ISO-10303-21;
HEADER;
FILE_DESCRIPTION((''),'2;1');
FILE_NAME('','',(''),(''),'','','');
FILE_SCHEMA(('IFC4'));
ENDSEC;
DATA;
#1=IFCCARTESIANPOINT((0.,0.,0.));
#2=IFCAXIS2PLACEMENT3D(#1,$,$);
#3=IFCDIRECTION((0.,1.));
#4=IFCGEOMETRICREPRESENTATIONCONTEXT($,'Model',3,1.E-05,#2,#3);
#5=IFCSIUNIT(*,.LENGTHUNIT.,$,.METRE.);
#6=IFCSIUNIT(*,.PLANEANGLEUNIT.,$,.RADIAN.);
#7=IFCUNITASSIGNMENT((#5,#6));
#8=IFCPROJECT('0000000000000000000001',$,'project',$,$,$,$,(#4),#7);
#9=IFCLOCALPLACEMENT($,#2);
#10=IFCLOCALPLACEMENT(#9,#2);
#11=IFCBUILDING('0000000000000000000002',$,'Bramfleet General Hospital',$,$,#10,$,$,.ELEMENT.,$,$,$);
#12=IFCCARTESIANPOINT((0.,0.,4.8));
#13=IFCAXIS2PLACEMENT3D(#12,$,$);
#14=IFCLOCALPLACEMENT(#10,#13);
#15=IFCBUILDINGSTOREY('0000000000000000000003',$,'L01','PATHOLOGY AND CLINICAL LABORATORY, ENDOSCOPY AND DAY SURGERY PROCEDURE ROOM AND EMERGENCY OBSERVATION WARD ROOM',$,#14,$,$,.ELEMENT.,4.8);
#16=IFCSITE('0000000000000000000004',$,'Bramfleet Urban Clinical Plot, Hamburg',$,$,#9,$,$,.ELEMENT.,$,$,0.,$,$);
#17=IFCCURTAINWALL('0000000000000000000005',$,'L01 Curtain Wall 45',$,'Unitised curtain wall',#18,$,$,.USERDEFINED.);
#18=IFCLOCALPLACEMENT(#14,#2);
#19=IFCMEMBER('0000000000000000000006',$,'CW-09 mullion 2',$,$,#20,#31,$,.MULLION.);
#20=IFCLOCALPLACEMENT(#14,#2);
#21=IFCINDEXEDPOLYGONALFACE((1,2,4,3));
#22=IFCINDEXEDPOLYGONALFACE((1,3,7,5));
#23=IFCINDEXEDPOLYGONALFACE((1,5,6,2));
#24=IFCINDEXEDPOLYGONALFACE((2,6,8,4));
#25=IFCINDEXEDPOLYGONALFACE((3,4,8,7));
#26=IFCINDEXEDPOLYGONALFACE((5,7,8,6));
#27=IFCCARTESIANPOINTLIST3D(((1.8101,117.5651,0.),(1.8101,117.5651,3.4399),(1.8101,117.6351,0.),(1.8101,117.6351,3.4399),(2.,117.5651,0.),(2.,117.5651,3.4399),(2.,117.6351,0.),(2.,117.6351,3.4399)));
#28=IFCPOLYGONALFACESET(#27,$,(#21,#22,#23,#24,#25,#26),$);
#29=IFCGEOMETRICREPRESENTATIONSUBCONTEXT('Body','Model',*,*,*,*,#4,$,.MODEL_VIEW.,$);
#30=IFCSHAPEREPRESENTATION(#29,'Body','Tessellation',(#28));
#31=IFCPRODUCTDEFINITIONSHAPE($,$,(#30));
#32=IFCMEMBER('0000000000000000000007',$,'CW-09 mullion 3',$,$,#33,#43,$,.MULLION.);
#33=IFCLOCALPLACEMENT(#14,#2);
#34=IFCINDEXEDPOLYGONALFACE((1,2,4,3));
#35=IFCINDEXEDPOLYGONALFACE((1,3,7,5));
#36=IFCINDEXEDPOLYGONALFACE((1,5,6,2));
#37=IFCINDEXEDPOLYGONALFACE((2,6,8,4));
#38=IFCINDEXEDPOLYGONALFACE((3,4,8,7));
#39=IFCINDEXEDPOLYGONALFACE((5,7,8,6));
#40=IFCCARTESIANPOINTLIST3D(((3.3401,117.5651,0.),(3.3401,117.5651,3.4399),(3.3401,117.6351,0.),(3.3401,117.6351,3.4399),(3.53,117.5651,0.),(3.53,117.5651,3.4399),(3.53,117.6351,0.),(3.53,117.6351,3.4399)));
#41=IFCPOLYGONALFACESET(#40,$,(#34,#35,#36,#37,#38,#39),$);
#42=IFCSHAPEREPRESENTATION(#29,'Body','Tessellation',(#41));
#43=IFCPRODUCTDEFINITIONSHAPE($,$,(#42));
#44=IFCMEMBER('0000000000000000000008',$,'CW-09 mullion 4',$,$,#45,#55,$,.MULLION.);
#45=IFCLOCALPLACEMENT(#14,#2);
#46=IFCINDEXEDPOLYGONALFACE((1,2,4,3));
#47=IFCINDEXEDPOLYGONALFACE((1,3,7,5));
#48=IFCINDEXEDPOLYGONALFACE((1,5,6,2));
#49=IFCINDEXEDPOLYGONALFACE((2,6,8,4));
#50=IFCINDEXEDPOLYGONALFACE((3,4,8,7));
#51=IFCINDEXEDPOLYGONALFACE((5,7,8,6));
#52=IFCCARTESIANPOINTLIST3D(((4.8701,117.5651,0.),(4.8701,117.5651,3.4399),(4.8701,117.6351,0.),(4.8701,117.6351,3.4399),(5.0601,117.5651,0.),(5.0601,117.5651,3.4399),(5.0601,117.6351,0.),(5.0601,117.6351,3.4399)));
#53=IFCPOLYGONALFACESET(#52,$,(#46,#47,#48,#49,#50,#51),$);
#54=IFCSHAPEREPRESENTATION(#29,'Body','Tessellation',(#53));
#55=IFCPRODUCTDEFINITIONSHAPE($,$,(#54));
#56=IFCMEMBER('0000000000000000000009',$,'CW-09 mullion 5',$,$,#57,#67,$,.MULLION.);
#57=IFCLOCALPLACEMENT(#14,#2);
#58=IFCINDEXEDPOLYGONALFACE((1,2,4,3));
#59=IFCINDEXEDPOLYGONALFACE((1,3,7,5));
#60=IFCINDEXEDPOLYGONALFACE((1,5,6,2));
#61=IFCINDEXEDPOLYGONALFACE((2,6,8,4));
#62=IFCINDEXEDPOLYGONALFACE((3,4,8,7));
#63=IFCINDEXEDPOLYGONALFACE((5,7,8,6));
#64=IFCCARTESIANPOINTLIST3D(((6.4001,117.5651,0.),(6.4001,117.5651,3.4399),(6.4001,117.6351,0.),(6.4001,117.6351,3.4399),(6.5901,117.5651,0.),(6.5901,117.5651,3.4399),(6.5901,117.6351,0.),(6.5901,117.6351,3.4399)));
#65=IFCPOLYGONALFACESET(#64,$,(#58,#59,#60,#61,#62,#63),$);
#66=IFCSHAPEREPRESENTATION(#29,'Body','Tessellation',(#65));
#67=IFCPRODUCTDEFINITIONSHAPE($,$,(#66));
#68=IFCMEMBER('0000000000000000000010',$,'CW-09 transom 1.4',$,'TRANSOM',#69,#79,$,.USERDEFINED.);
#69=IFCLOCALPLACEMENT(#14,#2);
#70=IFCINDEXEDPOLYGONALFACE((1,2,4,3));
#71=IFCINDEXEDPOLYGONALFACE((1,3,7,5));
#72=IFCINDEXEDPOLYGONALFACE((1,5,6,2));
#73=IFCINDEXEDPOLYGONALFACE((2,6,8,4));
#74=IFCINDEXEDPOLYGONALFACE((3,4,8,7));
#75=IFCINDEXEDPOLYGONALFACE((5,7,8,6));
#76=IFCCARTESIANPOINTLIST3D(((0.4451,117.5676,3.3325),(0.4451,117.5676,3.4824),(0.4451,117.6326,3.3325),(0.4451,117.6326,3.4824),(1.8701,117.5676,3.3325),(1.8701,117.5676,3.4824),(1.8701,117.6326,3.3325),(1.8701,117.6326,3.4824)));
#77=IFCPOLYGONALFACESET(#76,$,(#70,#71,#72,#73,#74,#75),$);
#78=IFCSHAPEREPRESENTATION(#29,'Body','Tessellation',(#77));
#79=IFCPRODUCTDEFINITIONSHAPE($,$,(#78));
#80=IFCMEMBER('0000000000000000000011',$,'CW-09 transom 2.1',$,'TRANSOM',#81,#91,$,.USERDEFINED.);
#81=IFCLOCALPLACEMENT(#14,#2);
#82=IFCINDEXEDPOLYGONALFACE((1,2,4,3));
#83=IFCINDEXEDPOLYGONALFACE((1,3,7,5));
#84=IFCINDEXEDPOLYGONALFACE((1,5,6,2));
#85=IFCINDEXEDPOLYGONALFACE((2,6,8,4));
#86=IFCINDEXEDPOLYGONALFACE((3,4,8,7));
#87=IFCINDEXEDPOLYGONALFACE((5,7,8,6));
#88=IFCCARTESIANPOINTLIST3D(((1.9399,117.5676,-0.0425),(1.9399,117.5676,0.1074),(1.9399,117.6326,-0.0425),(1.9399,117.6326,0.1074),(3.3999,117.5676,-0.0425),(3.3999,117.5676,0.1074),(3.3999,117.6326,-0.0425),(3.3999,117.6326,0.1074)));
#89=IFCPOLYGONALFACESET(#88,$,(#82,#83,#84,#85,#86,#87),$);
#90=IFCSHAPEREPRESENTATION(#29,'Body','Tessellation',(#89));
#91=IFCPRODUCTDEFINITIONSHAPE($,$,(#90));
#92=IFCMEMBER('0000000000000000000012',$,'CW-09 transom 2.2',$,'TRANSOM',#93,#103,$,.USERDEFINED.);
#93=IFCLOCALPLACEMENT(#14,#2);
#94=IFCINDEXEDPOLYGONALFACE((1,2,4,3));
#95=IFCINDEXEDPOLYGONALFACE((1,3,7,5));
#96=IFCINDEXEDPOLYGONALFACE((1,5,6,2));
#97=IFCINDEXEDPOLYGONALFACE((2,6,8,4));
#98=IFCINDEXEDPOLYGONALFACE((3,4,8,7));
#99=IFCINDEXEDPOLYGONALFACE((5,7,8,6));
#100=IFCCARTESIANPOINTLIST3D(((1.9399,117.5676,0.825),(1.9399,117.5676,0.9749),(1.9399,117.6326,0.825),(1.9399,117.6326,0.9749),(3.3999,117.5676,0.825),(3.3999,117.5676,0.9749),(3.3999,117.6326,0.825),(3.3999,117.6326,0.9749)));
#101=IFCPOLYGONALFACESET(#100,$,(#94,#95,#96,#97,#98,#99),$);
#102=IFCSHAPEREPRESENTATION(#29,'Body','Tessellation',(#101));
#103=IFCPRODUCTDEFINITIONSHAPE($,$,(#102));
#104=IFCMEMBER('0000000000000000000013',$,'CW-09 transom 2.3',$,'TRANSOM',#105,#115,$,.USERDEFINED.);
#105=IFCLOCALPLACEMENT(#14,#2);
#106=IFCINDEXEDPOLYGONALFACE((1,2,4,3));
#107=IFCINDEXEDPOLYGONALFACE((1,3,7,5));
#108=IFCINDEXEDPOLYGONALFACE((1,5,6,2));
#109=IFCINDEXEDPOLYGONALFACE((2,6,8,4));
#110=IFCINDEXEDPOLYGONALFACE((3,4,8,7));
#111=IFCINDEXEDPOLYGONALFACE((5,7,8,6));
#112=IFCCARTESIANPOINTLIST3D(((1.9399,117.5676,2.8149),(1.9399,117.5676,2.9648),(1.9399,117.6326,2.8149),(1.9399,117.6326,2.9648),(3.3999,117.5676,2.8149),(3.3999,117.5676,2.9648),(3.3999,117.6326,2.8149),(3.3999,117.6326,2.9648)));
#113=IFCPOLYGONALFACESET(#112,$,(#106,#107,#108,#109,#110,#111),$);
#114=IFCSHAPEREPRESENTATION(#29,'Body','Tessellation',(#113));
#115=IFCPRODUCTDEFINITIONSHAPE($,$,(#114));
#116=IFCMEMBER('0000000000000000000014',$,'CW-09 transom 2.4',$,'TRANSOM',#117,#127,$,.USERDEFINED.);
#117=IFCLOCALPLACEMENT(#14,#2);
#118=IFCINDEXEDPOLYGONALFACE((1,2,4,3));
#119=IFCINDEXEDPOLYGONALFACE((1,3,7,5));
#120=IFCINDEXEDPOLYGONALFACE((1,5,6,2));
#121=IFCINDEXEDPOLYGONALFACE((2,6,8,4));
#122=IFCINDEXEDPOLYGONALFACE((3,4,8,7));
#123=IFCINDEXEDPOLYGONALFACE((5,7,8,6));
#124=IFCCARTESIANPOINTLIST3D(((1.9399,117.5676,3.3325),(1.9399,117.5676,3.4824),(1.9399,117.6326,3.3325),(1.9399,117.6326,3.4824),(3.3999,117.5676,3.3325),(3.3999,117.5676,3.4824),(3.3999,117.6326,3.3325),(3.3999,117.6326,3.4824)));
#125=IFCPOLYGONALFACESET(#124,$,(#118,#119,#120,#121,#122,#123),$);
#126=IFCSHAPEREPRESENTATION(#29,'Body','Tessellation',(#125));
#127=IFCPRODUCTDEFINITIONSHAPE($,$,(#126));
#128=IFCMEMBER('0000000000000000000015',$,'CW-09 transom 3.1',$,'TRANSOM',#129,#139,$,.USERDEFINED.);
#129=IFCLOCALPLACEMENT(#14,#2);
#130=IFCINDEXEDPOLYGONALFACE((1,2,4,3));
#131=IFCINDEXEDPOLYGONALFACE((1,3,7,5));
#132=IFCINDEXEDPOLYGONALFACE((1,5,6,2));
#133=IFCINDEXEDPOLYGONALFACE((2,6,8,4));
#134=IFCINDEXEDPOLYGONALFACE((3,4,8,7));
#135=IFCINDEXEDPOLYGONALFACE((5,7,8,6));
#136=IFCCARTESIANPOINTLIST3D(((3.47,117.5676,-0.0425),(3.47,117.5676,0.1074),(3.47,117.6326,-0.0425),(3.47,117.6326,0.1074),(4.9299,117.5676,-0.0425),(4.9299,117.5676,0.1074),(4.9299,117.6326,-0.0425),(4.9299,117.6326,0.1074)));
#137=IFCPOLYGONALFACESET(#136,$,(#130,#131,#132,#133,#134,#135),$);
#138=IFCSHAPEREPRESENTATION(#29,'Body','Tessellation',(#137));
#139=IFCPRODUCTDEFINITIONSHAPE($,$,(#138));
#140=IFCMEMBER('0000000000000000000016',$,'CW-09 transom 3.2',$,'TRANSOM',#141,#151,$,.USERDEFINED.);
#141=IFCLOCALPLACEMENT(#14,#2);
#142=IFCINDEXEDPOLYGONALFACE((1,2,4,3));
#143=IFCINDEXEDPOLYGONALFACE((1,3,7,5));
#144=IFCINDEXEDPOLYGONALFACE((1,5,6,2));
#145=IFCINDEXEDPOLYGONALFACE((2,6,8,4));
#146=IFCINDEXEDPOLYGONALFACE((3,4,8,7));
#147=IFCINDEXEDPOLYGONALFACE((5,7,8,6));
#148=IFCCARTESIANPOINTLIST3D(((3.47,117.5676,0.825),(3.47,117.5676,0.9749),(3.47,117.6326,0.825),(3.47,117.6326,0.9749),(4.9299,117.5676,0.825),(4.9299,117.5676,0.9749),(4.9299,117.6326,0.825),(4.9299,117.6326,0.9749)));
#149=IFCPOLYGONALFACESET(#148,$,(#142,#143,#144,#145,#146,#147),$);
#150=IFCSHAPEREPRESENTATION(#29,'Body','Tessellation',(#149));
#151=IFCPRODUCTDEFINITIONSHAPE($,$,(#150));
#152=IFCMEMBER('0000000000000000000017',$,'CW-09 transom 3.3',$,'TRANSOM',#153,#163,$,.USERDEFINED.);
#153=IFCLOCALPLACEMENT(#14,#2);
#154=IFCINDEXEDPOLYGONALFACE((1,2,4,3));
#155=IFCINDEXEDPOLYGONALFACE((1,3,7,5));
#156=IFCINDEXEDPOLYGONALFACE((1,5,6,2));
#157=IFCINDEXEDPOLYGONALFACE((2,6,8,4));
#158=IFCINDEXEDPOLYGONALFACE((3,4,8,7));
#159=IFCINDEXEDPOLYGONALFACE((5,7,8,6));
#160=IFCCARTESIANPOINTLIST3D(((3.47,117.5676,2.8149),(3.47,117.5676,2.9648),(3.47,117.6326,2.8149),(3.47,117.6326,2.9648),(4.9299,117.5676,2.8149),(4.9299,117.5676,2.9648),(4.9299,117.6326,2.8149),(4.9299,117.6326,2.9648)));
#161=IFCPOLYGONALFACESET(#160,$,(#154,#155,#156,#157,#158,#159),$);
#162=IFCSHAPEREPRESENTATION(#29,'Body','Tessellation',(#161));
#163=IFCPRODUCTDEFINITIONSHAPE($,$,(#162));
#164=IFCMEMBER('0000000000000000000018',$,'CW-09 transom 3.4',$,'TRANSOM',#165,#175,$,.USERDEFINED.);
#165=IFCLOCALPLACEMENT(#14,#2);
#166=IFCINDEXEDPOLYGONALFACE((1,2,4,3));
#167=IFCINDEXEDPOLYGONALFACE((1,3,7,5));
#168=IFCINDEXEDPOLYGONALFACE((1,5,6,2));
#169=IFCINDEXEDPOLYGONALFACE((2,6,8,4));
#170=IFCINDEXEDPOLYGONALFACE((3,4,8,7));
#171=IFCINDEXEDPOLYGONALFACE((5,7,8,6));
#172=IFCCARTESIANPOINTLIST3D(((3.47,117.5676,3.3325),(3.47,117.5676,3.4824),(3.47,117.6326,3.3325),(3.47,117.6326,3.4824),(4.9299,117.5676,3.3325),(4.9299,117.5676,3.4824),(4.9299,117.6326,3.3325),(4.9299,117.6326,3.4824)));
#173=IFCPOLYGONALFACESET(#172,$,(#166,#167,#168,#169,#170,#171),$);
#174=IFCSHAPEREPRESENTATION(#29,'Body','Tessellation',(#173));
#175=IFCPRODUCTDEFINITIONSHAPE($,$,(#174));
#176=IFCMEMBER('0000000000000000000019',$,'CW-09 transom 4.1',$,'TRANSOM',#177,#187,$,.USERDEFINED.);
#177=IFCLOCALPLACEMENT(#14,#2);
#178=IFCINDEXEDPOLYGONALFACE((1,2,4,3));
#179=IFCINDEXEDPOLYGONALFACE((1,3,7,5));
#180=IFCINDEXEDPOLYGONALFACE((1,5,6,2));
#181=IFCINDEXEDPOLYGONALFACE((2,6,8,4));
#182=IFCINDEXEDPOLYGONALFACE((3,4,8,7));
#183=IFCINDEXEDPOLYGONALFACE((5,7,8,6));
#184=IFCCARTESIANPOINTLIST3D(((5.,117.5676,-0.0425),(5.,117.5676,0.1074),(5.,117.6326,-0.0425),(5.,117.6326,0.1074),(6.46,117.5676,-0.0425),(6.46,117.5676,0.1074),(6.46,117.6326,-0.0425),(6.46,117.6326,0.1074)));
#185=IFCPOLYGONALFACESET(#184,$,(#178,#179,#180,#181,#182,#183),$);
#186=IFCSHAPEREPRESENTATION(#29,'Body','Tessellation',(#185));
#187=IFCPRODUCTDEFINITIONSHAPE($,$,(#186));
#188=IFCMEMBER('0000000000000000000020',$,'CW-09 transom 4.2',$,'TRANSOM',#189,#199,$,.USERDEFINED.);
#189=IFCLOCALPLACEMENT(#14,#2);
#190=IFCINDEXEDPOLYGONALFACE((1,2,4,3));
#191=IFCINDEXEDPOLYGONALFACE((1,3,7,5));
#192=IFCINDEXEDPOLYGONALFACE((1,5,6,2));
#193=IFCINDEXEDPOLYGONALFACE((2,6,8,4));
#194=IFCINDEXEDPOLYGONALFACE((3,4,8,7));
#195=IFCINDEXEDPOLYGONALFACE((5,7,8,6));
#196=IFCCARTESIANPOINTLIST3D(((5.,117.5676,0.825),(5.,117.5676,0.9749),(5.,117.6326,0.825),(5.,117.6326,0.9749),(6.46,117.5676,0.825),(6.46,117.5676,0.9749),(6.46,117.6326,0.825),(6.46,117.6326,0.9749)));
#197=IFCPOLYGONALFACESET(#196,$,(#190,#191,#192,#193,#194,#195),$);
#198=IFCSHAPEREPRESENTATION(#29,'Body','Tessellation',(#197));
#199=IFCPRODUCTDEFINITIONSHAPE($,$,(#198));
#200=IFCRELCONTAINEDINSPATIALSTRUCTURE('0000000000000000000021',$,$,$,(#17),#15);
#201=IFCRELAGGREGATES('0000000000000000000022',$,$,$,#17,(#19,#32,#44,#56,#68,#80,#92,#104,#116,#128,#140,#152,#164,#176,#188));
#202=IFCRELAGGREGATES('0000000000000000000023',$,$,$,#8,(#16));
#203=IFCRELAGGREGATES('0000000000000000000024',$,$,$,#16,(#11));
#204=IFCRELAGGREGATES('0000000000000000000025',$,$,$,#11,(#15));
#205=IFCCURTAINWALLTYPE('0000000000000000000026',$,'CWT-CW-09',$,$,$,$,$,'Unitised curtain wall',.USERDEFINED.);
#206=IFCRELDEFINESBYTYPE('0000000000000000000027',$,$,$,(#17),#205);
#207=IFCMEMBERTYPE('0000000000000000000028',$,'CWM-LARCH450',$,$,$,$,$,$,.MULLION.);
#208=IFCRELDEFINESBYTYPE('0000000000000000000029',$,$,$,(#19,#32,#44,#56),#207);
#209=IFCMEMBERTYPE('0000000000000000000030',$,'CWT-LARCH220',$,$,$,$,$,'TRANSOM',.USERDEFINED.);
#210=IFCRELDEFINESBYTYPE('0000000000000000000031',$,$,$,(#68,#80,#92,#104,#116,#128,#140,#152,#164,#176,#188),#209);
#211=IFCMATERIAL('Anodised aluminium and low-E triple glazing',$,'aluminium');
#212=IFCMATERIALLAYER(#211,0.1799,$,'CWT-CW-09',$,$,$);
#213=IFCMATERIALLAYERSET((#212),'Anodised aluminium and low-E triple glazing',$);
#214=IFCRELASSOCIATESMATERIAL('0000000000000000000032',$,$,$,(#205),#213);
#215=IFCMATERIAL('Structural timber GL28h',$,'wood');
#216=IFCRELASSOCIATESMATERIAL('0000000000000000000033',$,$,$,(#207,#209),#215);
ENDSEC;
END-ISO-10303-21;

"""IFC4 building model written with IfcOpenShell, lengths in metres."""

from ifc_helpers import new_model, si_unit, direction, frame, origin, origin_2d, place, context, subcontext, project, spatial, rectangle, extrude, material, layer, layer_set, material_profile, profile_set, type_object, element, aggregate, save


model = new_model("IFC4")

# Units and contexts
model_context = context("Model", 3, precision=1e-05, world=origin(), true_north=direction((0.0, 1.0)))
body_context = subcontext(model_context, "Body", "Model", "MODEL_VIEW")
ifc_project = project(units=[si_unit("LENGTHUNIT", "METRE"), si_unit("PLANEANGLEUNIT", "RADIAN")], contexts=[model_context])

# Site, building, storey
site_placement = place(None, origin())
site = spatial("IfcSite", under=ifc_project, at=site_placement, Name="Bramfleet Urban Clinical Plot, Hamburg", CompositionType="ELEMENT", RefElevation=0.0)
building_placement = place(site_placement, origin())
building = spatial("IfcBuilding", under=site, at=building_placement, Name="Bramfleet General Hospital", CompositionType="ELEMENT")
storey_placement = place(building_placement, frame((0.0, 0.0, 4.8)))
storey = spatial("IfcBuildingStorey", under=building, at=storey_placement, Name="L01", Description="PATHOLOGY AND CLINICAL LABORATORY, ENDOSCOPY AND DAY SURGERY PROCEDURE ROOM AND EMERGENCY OBSERVATION WARD ROOM", CompositionType="ELEMENT", Elevation=4.8)

# Curtain wall, members
ifc_material_1 = material(Name="Anodised aluminium and low-E triple glazing", Category="aluminium")
ifc_layer_1 = layer(ifc_material_1, 0.1799, Name="CWT-CW-09")
ifc_layer_set_1 = layer_set([ifc_layer_1], Name="Anodised aluminium and low-E triple glazing")
curtain_wall_type = type_object("IfcCurtainWallType", Name="CWT-CW-09", ElementType="Unitised curtain wall", PredefinedType="USERDEFINED", material=ifc_layer_set_1)
curtain_wall_placement = place(storey_placement, origin())
curtain_wall = element("IfcCurtainWall", 1, at=curtain_wall_placement, inside=storey, type_object=curtain_wall_type, Name="L01 Curtain Wall 45", ObjectType="Unitised curtain wall", PredefinedType="USERDEFINED")
ifc_material_2 = material(Name="Structural timber GL28h", Category="wood")
ifc_material_profile_1 = material_profile(ifc_material_2, rectangle(XDim=0.0701, YDim=0.1899, at=origin_2d()), Name="LARCH 190x70")
ifc_profile_set_1 = profile_set([ifc_material_profile_1], Name="Structural timber GL28h")
member_type_1 = type_object("IfcMemberType", Name="CWM-LARCH450", PredefinedType="MULLION", material=ifc_profile_set_1)
member_1_placement = place(storey_placement, frame((1.905, 117.6001, 0.0), z_axis=(0.0, 0.0, 1.0), x_axis=(0.0, 1.0, 0.0)))
member_1 = element("IfcMember", 2, at=member_1_placement, type_object=member_type_1, Name="CW-09 mullion 2", PredefinedType="MULLION", context=body_context, shape_type="SweptSolid", body=[
    extrude(rectangle(XDim=0.0701, YDim=0.1899, at=origin_2d()), origin(), (0.0, 0.0, 1.0), 3.4399),
])
member_2_placement = place(storey_placement, frame((3.4351, 117.6001, 0.0), z_axis=(0.0, 0.0, 1.0), x_axis=(0.0, 1.0, 0.0)))
member_2 = element("IfcMember", 3, at=member_2_placement, type_object=member_type_1, Name="CW-09 mullion 3", PredefinedType="MULLION", context=body_context, shape_type="SweptSolid", body=[
    extrude(rectangle(XDim=0.0701, YDim=0.1899, at=origin_2d()), origin(), (0.0, 0.0, 1.0), 3.4399),
])
member_3_placement = place(storey_placement, frame((4.9651, 117.6001, 0.0), z_axis=(0.0, 0.0, 1.0), x_axis=(0.0, 1.0, 0.0)))
member_3 = element("IfcMember", 4, at=member_3_placement, type_object=member_type_1, Name="CW-09 mullion 4", PredefinedType="MULLION", context=body_context, shape_type="SweptSolid", body=[
    extrude(rectangle(XDim=0.0701, YDim=0.1899, at=origin_2d()), origin(), (0.0, 0.0, 1.0), 3.4399),
])
member_4_placement = place(storey_placement, frame((6.4951, 117.6001, 0.0), z_axis=(0.0, 0.0, 1.0), x_axis=(0.0, 1.0, 0.0)))
member_4 = element("IfcMember", 5, at=member_4_placement, type_object=member_type_1, Name="CW-09 mullion 5", PredefinedType="MULLION", context=body_context, shape_type="SweptSolid", body=[
    extrude(rectangle(XDim=0.0701, YDim=0.1899, at=origin_2d()), origin(), (0.0, 0.0, 1.0), 3.4399),
])
ifc_material_profile_2 = material_profile(ifc_material_2, rectangle(XDim=0.0649, YDim=0.1499, at=origin_2d()), Name="LARCH 150x65")
ifc_profile_set_2 = profile_set([ifc_material_profile_2], Name="Structural timber GL28h")
member_type_2 = type_object("IfcMemberType", Name="CWT-LARCH220", ElementType="TRANSOM", PredefinedType="USERDEFINED", material=ifc_profile_set_2)
member_5_placement = place(storey_placement, frame((0.4451, 117.6001, 3.4075), z_axis=(1.0, 0.0, 0.0), x_axis=(0.0, 1.0, 0.0)))
member_5 = element("IfcMember", 6, at=member_5_placement, type_object=member_type_2, Name="CW-09 transom 1.4", ObjectType="TRANSOM", PredefinedType="USERDEFINED", context=body_context, shape_type="SweptSolid", body=[
    extrude(rectangle(XDim=0.0649, YDim=0.1499, at=origin_2d()), origin(), (0.0, 0.0, 1.0), 1.425),
])
member_6_placement = place(storey_placement, frame((1.9399, 117.6001, 0.0325), z_axis=(1.0, 0.0, 0.0), x_axis=(0.0, 1.0, 0.0)))
member_6 = element("IfcMember", 7, at=member_6_placement, type_object=member_type_2, Name="CW-09 transom 2.1", ObjectType="TRANSOM", PredefinedType="USERDEFINED", context=body_context, shape_type="SweptSolid", body=[
    extrude(rectangle(XDim=0.0649, YDim=0.1499, at=origin_2d()), origin(), (0.0, 0.0, 1.0), 1.46),
])
member_7_placement = place(storey_placement, frame((1.9399, 117.6001, 0.8999), z_axis=(1.0, 0.0, 0.0), x_axis=(0.0, 1.0, 0.0)))
member_7 = element("IfcMember", 8, at=member_7_placement, type_object=member_type_2, Name="CW-09 transom 2.2", ObjectType="TRANSOM", PredefinedType="USERDEFINED", context=body_context, shape_type="SweptSolid", body=[
    extrude(rectangle(XDim=0.0649, YDim=0.1499, at=origin_2d()), origin(), (0.0, 0.0, 1.0), 1.46),
])
member_8_placement = place(storey_placement, frame((1.9399, 117.6001, 2.8899), z_axis=(1.0, 0.0, 0.0), x_axis=(0.0, 1.0, 0.0)))
member_8 = element("IfcMember", 9, at=member_8_placement, type_object=member_type_2, Name="CW-09 transom 2.3", ObjectType="TRANSOM", PredefinedType="USERDEFINED", context=body_context, shape_type="SweptSolid", body=[
    extrude(rectangle(XDim=0.0649, YDim=0.1499, at=origin_2d()), origin(), (0.0, 0.0, 1.0), 1.46),
])
member_9_placement = place(storey_placement, frame((1.9399, 117.6001, 3.4075), z_axis=(1.0, 0.0, 0.0), x_axis=(0.0, 1.0, 0.0)))
member_9 = element("IfcMember", 10, at=member_9_placement, type_object=member_type_2, Name="CW-09 transom 2.4", ObjectType="TRANSOM", PredefinedType="USERDEFINED", context=body_context, shape_type="SweptSolid", body=[
    extrude(rectangle(XDim=0.0649, YDim=0.1499, at=origin_2d()), origin(), (0.0, 0.0, 1.0), 1.46),
])
member_10_placement = place(storey_placement, frame((3.47, 117.6001, 0.0325), z_axis=(1.0, 0.0, 0.0), x_axis=(0.0, 1.0, 0.0)))
member_10 = element("IfcMember", 11, at=member_10_placement, type_object=member_type_2, Name="CW-09 transom 3.1", ObjectType="TRANSOM", PredefinedType="USERDEFINED", context=body_context, shape_type="SweptSolid", body=[
    extrude(rectangle(XDim=0.0649, YDim=0.1499, at=origin_2d()), origin(), (0.0, 0.0, 1.0), 1.46),
])
member_11_placement = place(storey_placement, frame((3.47, 117.6001, 0.8999), z_axis=(1.0, 0.0, 0.0), x_axis=(0.0, 1.0, 0.0)))
member_11 = element("IfcMember", 12, at=member_11_placement, type_object=member_type_2, Name="CW-09 transom 3.2", ObjectType="TRANSOM", PredefinedType="USERDEFINED", context=body_context, shape_type="SweptSolid", body=[
    extrude(rectangle(XDim=0.0649, YDim=0.1499, at=origin_2d()), origin(), (0.0, 0.0, 1.0), 1.46),
])
member_12_placement = place(storey_placement, frame((3.47, 117.6001, 2.8899), z_axis=(1.0, 0.0, 0.0), x_axis=(0.0, 1.0, 0.0)))
member_12 = element("IfcMember", 13, at=member_12_placement, type_object=member_type_2, Name="CW-09 transom 3.3", ObjectType="TRANSOM", PredefinedType="USERDEFINED", context=body_context, shape_type="SweptSolid", body=[
    extrude(rectangle(XDim=0.0649, YDim=0.1499, at=origin_2d()), origin(), (0.0, 0.0, 1.0), 1.46),
])
member_13_placement = place(storey_placement, frame((3.47, 117.6001, 3.4075), z_axis=(1.0, 0.0, 0.0), x_axis=(0.0, 1.0, 0.0)))
member_13 = element("IfcMember", 14, at=member_13_placement, type_object=member_type_2, Name="CW-09 transom 3.4", ObjectType="TRANSOM", PredefinedType="USERDEFINED", context=body_context, shape_type="SweptSolid", body=[
    extrude(rectangle(XDim=0.0649, YDim=0.1499, at=origin_2d()), origin(), (0.0, 0.0, 1.0), 1.46),
])
member_14_placement = place(storey_placement, frame((5.0, 117.6001, 0.0325), z_axis=(1.0, 0.0, 0.0), x_axis=(0.0, 1.0, 0.0)))
member_14 = element("IfcMember", 15, at=member_14_placement, type_object=member_type_2, Name="CW-09 transom 4.1", ObjectType="TRANSOM", PredefinedType="USERDEFINED", context=body_context, shape_type="SweptSolid", body=[
    extrude(rectangle(XDim=0.0649, YDim=0.1499, at=origin_2d()), origin(), (0.0, 0.0, 1.0), 1.46),
])
member_15_placement = place(storey_placement, frame((5.0, 117.6001, 0.8999), z_axis=(1.0, 0.0, 0.0), x_axis=(0.0, 1.0, 0.0)))
member_15 = element("IfcMember", 16, at=member_15_placement, type_object=member_type_2, Name="CW-09 transom 4.2", ObjectType="TRANSOM", PredefinedType="USERDEFINED", context=body_context, shape_type="SweptSolid", body=[
    extrude(rectangle(XDim=0.0649, YDim=0.1499, at=origin_2d()), origin(), (0.0, 0.0, 1.0), 1.46),
])
aggregate(curtain_wall, [member_1, member_2, member_3, member_4, member_5, member_6, member_7, member_8, member_9, member_10, member_11, member_12, member_13, member_14, member_15])

save(model, "model.ifc")
